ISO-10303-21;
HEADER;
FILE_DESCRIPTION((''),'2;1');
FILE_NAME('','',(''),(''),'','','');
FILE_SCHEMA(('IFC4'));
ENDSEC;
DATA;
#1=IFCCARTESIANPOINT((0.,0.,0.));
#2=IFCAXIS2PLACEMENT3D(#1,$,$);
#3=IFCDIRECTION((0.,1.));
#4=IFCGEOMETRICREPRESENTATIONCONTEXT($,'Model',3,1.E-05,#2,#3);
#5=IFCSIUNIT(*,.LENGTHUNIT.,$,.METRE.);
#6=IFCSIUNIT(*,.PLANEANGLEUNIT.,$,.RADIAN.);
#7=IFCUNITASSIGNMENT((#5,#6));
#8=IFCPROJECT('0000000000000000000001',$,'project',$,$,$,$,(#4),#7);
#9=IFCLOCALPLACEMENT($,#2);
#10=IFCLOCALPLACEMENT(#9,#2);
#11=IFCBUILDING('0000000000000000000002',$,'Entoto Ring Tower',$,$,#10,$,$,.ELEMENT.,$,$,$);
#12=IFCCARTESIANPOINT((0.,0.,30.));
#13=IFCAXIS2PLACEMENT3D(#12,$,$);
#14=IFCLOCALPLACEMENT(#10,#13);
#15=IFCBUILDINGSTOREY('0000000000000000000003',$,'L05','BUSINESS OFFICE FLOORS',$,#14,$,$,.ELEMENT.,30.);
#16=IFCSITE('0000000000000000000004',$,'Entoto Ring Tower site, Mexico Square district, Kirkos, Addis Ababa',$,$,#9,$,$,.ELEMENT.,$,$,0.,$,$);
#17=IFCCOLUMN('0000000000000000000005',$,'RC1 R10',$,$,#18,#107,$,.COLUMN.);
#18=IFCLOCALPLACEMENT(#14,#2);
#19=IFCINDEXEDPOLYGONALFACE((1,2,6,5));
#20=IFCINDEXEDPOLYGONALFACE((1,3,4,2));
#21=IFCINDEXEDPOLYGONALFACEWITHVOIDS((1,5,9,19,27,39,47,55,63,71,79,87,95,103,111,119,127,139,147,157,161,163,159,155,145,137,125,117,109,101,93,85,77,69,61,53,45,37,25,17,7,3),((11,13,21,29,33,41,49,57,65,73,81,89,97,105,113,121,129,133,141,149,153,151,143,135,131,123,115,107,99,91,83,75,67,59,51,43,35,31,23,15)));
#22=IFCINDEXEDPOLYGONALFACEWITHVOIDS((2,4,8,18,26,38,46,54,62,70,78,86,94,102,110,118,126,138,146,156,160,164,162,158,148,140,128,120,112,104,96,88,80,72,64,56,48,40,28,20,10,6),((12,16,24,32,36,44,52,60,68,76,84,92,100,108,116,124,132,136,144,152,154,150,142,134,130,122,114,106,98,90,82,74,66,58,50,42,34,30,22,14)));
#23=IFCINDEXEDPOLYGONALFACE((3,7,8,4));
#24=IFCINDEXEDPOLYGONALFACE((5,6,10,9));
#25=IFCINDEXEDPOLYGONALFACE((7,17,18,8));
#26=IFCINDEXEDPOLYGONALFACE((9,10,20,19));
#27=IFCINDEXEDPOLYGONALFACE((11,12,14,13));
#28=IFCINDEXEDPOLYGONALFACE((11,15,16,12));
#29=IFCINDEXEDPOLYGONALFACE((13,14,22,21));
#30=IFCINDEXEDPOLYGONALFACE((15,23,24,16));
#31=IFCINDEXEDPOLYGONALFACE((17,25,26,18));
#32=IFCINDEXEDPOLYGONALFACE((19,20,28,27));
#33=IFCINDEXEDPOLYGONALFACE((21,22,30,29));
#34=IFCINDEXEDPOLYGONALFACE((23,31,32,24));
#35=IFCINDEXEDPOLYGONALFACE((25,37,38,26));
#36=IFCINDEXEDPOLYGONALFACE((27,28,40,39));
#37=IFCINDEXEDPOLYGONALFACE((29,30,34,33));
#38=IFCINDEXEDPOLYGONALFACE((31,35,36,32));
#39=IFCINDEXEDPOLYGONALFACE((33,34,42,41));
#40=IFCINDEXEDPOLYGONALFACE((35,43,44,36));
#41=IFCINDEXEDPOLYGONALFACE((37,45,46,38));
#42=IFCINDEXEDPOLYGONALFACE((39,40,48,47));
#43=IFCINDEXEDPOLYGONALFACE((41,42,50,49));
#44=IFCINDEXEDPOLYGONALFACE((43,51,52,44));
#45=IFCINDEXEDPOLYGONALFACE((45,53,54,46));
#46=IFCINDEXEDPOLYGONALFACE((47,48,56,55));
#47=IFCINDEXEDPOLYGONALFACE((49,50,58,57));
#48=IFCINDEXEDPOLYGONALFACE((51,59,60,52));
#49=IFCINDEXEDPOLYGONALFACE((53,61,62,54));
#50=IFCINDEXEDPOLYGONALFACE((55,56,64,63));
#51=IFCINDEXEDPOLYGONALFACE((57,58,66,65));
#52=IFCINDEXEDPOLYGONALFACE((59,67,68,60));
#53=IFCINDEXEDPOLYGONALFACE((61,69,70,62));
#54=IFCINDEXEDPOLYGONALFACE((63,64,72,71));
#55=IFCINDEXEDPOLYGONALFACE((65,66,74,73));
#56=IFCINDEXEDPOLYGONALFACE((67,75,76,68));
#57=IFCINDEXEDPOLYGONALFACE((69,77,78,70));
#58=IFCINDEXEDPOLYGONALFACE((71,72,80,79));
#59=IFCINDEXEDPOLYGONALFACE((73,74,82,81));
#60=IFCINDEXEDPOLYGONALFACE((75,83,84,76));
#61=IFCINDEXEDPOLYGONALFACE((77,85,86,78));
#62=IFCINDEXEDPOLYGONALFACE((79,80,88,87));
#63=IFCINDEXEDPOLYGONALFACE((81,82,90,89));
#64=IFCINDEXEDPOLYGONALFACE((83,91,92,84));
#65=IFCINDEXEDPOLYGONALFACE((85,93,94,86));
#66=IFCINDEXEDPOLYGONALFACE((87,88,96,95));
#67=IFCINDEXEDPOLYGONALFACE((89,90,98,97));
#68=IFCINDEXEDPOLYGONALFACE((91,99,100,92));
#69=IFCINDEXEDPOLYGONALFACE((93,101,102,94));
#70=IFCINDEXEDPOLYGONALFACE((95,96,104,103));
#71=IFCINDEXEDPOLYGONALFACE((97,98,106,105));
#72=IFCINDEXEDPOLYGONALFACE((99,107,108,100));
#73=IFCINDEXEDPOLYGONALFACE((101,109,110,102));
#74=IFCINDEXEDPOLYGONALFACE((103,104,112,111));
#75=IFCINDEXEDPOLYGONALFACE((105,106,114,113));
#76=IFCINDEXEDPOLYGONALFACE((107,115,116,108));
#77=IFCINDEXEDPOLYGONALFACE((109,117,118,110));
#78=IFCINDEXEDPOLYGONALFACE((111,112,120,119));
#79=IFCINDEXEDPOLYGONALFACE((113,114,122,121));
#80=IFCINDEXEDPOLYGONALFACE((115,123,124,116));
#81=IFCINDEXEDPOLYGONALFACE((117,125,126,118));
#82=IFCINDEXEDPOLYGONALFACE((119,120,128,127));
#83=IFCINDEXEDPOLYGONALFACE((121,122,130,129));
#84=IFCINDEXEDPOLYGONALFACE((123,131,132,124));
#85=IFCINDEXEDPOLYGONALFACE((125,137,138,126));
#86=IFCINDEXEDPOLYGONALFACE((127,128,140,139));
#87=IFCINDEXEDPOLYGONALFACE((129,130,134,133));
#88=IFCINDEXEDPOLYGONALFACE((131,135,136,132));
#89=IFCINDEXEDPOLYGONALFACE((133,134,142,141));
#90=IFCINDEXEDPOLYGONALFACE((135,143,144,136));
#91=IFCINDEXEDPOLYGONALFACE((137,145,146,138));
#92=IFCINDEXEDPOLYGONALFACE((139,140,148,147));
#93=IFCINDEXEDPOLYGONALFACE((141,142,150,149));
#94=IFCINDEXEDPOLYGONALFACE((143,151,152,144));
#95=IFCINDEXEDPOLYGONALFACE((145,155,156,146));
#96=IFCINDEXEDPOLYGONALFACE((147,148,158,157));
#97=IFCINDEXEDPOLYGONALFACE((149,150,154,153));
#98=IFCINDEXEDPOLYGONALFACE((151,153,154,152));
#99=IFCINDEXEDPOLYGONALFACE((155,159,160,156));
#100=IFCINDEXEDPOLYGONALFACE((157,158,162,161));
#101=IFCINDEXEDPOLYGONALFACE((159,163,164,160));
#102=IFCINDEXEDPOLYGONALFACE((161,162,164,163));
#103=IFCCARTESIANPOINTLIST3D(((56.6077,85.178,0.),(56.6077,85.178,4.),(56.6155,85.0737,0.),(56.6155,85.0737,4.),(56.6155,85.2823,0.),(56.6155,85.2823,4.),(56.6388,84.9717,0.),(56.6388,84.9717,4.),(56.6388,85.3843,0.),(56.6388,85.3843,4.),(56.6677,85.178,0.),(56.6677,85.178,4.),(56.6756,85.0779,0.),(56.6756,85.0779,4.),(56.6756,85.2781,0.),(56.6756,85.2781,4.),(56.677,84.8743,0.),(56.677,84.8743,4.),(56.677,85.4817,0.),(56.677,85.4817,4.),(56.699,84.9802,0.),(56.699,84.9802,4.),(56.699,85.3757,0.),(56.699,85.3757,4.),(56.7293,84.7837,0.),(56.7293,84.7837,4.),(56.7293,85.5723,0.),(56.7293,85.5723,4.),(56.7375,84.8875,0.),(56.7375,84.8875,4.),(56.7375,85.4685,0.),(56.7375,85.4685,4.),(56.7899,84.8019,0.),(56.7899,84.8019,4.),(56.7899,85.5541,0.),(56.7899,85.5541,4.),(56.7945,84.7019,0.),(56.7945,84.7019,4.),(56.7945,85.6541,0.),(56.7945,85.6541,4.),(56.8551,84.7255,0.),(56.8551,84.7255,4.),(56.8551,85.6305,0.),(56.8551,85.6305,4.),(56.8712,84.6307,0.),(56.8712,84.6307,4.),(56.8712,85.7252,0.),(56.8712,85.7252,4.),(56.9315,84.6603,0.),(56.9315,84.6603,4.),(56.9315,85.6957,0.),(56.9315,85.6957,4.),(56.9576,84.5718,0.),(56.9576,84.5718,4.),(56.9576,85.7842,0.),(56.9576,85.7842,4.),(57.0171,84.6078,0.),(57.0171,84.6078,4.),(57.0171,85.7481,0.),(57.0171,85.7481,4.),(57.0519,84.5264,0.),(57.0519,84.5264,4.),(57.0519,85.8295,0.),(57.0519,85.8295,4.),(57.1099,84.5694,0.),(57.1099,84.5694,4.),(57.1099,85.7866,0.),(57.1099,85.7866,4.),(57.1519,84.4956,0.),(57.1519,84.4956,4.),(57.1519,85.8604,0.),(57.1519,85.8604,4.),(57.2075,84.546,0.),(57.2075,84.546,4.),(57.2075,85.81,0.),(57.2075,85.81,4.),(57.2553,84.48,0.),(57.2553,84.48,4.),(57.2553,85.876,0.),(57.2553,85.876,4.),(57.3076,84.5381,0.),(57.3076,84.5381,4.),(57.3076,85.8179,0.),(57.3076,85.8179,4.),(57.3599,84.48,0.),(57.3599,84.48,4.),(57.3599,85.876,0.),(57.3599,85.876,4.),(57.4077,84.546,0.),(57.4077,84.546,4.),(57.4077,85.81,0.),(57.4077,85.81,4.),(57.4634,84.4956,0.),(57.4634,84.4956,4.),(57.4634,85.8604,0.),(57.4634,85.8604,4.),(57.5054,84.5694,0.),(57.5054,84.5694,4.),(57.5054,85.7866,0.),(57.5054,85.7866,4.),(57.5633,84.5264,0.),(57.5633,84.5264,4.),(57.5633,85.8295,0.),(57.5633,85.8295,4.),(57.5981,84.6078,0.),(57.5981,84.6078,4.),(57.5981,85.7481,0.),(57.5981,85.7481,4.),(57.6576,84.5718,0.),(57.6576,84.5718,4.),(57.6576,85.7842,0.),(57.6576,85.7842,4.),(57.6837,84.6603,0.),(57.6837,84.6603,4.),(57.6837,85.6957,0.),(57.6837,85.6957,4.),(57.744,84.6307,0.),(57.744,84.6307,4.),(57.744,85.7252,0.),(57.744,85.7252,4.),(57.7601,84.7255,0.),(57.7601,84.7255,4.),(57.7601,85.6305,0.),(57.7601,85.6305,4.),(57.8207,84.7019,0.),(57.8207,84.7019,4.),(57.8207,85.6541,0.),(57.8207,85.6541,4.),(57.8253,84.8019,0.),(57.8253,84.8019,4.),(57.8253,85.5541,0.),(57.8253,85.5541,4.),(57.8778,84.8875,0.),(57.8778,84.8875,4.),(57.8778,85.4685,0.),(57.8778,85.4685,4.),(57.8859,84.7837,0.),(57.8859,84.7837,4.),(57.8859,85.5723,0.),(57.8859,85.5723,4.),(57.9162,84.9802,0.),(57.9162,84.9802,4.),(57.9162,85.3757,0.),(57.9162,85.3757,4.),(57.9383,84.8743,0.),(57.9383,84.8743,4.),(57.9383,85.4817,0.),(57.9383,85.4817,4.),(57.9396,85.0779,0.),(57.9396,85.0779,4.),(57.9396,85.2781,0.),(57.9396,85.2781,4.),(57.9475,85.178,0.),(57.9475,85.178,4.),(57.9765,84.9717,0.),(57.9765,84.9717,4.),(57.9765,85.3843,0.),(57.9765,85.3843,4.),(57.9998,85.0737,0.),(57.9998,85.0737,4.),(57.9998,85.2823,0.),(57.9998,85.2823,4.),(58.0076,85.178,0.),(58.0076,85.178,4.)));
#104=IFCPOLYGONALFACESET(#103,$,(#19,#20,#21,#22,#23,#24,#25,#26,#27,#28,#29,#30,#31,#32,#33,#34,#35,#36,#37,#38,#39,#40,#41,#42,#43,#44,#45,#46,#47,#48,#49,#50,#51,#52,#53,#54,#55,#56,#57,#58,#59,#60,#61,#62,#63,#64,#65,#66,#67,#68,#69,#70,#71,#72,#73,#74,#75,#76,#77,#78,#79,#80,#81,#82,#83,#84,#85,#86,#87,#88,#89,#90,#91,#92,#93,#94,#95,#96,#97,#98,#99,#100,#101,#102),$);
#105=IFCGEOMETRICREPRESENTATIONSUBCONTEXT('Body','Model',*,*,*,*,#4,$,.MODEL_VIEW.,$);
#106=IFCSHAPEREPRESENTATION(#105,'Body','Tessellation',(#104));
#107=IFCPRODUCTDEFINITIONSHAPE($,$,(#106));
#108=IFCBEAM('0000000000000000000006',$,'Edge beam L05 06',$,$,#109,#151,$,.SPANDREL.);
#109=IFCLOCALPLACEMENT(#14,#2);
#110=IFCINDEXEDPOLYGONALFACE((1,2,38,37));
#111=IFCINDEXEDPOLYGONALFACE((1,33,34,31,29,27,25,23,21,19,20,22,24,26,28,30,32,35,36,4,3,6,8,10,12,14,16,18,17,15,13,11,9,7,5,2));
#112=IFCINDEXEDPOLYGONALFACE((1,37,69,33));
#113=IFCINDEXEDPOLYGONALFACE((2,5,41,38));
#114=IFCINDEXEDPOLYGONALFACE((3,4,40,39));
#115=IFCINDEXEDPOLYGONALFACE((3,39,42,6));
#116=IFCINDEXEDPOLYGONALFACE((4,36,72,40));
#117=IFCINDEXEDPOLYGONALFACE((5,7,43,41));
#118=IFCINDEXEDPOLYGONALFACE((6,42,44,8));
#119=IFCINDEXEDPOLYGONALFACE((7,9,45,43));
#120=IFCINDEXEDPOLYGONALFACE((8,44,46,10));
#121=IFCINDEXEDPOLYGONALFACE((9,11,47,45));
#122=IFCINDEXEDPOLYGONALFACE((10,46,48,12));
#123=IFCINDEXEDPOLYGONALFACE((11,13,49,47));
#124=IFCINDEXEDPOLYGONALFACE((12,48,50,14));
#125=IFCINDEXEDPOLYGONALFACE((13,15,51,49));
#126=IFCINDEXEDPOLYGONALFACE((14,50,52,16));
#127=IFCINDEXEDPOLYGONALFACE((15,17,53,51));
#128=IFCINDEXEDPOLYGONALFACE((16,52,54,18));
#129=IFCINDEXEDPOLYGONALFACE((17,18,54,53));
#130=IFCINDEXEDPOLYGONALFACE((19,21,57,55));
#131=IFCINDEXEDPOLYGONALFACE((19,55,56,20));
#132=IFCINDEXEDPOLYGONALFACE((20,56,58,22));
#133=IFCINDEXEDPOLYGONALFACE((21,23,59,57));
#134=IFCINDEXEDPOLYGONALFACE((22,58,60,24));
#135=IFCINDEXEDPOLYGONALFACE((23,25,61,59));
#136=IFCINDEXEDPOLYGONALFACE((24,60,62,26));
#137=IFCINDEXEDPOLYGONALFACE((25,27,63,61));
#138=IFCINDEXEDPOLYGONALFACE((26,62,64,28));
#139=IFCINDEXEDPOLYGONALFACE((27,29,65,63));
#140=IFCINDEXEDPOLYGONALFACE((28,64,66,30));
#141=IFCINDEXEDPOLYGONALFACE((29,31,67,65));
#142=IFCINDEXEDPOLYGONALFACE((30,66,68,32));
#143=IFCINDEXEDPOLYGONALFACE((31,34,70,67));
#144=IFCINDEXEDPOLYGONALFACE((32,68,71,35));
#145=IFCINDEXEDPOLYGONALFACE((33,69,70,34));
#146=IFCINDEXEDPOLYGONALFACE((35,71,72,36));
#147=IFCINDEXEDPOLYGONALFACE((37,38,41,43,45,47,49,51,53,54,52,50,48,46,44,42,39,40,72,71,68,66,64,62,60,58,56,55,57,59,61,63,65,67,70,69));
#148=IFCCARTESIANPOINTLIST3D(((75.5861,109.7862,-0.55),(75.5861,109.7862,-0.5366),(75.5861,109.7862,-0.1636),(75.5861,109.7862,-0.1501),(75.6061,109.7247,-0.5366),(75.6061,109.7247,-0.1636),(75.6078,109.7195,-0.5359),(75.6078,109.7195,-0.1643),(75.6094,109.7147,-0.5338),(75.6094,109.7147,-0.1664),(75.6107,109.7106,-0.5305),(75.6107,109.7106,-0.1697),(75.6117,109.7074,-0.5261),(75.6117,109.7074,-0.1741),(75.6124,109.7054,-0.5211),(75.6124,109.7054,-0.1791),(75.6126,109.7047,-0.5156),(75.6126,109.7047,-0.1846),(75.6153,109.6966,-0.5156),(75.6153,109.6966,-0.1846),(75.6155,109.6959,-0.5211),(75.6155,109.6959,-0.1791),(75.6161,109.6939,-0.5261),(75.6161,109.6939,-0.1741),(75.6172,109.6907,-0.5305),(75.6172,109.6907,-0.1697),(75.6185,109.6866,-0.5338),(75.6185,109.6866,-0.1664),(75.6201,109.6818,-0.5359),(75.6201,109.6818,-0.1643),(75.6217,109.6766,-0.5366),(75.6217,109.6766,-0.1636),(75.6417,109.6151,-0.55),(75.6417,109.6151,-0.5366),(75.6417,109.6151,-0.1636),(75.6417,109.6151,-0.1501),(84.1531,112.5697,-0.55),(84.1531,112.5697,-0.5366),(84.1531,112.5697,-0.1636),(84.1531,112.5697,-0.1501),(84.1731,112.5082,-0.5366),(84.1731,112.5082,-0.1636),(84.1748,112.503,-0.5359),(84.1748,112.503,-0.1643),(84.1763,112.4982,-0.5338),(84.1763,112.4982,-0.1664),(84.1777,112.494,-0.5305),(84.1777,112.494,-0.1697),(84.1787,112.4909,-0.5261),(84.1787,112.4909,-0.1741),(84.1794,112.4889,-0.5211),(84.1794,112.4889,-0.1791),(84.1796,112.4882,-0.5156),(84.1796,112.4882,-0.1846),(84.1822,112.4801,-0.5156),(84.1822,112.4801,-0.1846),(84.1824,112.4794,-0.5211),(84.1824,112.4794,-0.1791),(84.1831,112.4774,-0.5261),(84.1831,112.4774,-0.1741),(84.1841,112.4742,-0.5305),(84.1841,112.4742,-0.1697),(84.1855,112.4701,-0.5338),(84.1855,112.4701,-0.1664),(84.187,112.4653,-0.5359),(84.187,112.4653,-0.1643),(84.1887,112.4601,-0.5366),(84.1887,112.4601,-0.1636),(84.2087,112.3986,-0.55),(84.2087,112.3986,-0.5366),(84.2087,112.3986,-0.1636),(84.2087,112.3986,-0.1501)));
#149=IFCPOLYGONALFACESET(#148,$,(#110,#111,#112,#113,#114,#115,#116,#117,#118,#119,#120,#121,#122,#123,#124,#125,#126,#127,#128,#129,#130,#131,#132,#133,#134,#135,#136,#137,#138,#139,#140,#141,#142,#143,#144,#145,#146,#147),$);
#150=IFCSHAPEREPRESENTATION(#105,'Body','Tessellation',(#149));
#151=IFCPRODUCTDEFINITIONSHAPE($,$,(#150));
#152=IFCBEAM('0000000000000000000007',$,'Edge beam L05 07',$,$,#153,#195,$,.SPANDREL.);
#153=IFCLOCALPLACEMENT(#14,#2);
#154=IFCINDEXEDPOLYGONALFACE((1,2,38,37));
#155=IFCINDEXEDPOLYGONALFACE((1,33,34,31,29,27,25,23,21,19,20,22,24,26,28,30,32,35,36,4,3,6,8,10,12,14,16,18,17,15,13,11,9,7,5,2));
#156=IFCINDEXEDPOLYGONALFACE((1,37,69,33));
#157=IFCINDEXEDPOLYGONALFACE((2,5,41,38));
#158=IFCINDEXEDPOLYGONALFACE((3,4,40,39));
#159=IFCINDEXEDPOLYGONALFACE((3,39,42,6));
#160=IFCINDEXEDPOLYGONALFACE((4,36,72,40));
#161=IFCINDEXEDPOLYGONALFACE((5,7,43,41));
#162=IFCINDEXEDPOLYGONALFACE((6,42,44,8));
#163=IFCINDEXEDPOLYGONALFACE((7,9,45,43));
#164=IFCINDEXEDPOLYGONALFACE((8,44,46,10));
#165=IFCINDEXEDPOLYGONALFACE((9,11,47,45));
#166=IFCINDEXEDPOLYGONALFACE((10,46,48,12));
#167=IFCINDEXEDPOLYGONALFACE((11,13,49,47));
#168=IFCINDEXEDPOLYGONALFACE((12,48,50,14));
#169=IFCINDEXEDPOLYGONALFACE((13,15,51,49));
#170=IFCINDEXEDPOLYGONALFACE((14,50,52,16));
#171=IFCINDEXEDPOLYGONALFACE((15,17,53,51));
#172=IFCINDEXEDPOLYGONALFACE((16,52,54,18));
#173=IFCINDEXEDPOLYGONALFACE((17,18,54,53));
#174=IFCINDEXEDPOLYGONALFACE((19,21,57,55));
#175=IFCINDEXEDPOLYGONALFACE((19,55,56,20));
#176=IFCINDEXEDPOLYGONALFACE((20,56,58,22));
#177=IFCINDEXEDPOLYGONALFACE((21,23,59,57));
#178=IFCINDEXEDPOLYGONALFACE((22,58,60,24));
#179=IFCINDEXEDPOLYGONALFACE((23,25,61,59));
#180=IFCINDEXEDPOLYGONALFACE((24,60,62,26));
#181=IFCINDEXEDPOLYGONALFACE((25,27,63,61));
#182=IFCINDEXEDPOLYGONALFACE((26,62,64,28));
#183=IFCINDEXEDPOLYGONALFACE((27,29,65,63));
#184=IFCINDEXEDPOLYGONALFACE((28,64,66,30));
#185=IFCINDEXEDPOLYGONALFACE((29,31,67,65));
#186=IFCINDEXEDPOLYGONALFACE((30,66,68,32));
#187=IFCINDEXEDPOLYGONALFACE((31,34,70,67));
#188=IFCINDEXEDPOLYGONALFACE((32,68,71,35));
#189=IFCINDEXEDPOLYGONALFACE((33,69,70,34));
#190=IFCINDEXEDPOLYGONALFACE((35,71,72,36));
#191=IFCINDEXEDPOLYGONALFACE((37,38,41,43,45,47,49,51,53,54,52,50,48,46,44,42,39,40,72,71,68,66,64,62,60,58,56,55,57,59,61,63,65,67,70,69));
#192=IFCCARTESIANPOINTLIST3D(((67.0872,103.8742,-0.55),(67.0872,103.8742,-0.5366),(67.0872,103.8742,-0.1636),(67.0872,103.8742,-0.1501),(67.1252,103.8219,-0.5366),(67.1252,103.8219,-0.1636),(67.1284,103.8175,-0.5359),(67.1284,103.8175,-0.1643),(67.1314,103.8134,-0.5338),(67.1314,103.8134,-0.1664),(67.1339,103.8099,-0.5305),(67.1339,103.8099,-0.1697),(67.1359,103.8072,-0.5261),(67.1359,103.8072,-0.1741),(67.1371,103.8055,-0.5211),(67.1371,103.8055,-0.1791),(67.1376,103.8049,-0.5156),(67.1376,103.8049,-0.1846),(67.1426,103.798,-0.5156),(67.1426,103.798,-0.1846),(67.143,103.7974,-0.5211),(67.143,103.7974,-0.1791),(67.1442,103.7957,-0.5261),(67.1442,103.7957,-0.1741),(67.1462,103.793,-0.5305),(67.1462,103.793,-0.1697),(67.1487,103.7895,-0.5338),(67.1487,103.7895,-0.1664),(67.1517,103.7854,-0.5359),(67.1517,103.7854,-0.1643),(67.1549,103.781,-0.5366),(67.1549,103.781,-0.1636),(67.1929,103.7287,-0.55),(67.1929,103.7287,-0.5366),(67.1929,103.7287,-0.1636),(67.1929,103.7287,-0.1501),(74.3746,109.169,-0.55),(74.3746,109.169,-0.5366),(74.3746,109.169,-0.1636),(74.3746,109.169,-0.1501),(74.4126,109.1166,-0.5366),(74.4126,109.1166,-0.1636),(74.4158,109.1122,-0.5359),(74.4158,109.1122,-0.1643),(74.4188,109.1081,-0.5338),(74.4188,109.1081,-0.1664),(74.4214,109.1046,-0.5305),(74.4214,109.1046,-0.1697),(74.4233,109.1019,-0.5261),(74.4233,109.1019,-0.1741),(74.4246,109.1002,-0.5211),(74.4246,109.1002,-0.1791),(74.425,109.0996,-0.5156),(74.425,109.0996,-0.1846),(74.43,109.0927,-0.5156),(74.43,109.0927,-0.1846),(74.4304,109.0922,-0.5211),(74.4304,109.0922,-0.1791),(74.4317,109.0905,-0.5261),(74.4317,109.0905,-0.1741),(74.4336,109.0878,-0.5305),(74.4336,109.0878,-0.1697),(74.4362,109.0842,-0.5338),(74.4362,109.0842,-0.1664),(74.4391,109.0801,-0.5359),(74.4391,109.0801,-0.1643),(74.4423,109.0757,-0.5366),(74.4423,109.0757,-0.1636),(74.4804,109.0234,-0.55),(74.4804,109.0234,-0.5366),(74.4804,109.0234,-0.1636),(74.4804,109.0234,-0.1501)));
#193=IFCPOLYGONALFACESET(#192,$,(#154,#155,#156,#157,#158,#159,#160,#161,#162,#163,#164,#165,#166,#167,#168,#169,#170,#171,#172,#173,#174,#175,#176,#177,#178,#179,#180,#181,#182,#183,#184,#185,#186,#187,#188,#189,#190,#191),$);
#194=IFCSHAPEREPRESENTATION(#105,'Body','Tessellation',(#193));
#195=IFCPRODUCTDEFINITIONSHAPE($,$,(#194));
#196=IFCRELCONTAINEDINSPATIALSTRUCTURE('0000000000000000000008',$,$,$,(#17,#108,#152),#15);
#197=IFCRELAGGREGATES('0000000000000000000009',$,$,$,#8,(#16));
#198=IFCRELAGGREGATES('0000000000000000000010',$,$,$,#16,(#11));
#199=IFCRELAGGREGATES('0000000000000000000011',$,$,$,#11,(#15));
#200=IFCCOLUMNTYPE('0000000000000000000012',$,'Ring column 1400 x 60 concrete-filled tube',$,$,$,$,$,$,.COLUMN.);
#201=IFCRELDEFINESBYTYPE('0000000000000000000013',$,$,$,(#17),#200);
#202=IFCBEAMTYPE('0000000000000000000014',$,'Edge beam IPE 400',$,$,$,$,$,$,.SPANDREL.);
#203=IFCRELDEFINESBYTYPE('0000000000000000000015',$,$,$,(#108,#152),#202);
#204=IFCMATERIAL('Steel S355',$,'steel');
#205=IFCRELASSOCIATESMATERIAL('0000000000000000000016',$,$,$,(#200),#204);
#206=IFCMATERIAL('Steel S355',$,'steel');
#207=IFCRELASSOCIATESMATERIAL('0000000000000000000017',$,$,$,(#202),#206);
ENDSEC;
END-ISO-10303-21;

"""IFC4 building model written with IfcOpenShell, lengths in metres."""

from ifc_helpers import new_model, si_unit, direction, frame, origin, origin_2d, place, context, subcontext, project, spatial, circle, hollow_circle, i_section, extrude, material, material_profile, profile_set, type_object, element, save


model = new_model("IFC4")

# Units and contexts
model_context = context("Model", 3, precision=1e-05, world=origin(), true_north=direction((0.0, 1.0)))
body_context = subcontext(model_context, "Body", "Model", "MODEL_VIEW")
ifc_project = project(units=[si_unit("LENGTHUNIT", "METRE"), si_unit("PLANEANGLEUNIT", "RADIAN")], contexts=[model_context])

# Site, building, storey
site_placement = place(None, origin())
site = spatial("IfcSite", under=ifc_project, at=site_placement, Name="Entoto Ring Tower site, Mexico Square district, Kirkos, Addis Ababa", CompositionType="ELEMENT", RefElevation=0.0)
building_placement = place(site_placement, origin())
building = spatial("IfcBuilding", under=site, at=building_placement, Name="Entoto Ring Tower", CompositionType="ELEMENT")
storey_placement = place(building_placement, frame((0.0, 0.0, 30.0)))
storey = spatial("IfcBuildingStorey", under=building, at=storey_placement, Name="L05", Description="BUSINESS OFFICE FLOORS", CompositionType="ELEMENT", Elevation=30.0)

# Column
ifc_material_1 = material(Name="Steel S355", Category="steel")
ifc_material_profile_1 = material_profile(ifc_material_1, hollow_circle(Radius=0.7, WallThickness=0.0601, at=origin_2d()), Name="CHS 1400 x 60")
ifc_material_2 = material(Name="Concrete C60/75", Category="concrete")
ifc_material_profile_2 = material_profile(ifc_material_2, circle(Radius=0.6399, at=origin_2d()), Name="Concrete C60/75 infill")
ifc_profile_set_1 = profile_set([ifc_material_profile_1, ifc_material_profile_2], Name="Steel S355")
column_type = type_object("IfcColumnType", Name="Ring column 1400 x 60 concrete-filled tube", PredefinedType="COLUMN", material=ifc_profile_set_1)
for number, where, z_axis, x_axis, name in (
    (1, (57.3076, 85.178, 0.0), (0.0, 0.0, 1.0), (1.0, 0.0, 0.0), "RC1 R10"),
):
    element("IfcColumn", number, at=place(storey_placement, frame(where, z_axis=z_axis, x_axis=x_axis)), inside=storey, type_object=column_type, Name=name, PredefinedType="COLUMN", context=body_context, shape_type="SweptSolid", body=[
        extrude(hollow_circle(Radius=0.7, WallThickness=0.0601, at=origin_2d()), origin(), (0.0, 0.0, 1.0), 4.0),
    ])

# Beams
ifc_material_3 = material(Name="Steel S355", Category="steel")
ifc_material_profile_3 = material_profile(ifc_material_3, i_section(OverallWidth=0.1799, OverallDepth=0.3999, WebThickness=0.0085, FlangeThickness=0.0134, FilletRadius=0.021, at=origin_2d()), Name="IPE 400")
ifc_profile_set_2 = profile_set([ifc_material_profile_3], Name="Steel S355")
beam_type_1 = type_object("IfcBeamType", Name="Edge beam IPE 400", PredefinedType="SPANDREL", material=ifc_profile_set_2)
for number, where, z_axis, x_axis, name in (
    (2, (84.1809, 112.4841, -0.3501), (-0.95106, -0.309006, 0.0), (0.309006, -0.95106, 0.0), "Edge beam L05 06"),
    (3, (74.4275, 109.0962, -0.3501), (-0.809011, -0.587793, 0.0), (0.587793, -0.809011, 0.0), "Edge beam L05 07"),
):
    element("IfcBeam", number, at=place(storey_placement, frame(where, z_axis=z_axis, x_axis=x_axis)), inside=storey, type_object=beam_type_1, Name=name, PredefinedType="SPANDREL", context=body_context, shape_type="SweptSolid", body=[
        extrude(i_section(OverallWidth=0.1799, OverallDepth=0.3999, WebThickness=0.0085, FlangeThickness=0.0134, FilletRadius=0.021, at=origin_2d()), origin(), (0.0, 0.0, 1.0), 9.0078),
    ])

save(model, "model.ifc")
